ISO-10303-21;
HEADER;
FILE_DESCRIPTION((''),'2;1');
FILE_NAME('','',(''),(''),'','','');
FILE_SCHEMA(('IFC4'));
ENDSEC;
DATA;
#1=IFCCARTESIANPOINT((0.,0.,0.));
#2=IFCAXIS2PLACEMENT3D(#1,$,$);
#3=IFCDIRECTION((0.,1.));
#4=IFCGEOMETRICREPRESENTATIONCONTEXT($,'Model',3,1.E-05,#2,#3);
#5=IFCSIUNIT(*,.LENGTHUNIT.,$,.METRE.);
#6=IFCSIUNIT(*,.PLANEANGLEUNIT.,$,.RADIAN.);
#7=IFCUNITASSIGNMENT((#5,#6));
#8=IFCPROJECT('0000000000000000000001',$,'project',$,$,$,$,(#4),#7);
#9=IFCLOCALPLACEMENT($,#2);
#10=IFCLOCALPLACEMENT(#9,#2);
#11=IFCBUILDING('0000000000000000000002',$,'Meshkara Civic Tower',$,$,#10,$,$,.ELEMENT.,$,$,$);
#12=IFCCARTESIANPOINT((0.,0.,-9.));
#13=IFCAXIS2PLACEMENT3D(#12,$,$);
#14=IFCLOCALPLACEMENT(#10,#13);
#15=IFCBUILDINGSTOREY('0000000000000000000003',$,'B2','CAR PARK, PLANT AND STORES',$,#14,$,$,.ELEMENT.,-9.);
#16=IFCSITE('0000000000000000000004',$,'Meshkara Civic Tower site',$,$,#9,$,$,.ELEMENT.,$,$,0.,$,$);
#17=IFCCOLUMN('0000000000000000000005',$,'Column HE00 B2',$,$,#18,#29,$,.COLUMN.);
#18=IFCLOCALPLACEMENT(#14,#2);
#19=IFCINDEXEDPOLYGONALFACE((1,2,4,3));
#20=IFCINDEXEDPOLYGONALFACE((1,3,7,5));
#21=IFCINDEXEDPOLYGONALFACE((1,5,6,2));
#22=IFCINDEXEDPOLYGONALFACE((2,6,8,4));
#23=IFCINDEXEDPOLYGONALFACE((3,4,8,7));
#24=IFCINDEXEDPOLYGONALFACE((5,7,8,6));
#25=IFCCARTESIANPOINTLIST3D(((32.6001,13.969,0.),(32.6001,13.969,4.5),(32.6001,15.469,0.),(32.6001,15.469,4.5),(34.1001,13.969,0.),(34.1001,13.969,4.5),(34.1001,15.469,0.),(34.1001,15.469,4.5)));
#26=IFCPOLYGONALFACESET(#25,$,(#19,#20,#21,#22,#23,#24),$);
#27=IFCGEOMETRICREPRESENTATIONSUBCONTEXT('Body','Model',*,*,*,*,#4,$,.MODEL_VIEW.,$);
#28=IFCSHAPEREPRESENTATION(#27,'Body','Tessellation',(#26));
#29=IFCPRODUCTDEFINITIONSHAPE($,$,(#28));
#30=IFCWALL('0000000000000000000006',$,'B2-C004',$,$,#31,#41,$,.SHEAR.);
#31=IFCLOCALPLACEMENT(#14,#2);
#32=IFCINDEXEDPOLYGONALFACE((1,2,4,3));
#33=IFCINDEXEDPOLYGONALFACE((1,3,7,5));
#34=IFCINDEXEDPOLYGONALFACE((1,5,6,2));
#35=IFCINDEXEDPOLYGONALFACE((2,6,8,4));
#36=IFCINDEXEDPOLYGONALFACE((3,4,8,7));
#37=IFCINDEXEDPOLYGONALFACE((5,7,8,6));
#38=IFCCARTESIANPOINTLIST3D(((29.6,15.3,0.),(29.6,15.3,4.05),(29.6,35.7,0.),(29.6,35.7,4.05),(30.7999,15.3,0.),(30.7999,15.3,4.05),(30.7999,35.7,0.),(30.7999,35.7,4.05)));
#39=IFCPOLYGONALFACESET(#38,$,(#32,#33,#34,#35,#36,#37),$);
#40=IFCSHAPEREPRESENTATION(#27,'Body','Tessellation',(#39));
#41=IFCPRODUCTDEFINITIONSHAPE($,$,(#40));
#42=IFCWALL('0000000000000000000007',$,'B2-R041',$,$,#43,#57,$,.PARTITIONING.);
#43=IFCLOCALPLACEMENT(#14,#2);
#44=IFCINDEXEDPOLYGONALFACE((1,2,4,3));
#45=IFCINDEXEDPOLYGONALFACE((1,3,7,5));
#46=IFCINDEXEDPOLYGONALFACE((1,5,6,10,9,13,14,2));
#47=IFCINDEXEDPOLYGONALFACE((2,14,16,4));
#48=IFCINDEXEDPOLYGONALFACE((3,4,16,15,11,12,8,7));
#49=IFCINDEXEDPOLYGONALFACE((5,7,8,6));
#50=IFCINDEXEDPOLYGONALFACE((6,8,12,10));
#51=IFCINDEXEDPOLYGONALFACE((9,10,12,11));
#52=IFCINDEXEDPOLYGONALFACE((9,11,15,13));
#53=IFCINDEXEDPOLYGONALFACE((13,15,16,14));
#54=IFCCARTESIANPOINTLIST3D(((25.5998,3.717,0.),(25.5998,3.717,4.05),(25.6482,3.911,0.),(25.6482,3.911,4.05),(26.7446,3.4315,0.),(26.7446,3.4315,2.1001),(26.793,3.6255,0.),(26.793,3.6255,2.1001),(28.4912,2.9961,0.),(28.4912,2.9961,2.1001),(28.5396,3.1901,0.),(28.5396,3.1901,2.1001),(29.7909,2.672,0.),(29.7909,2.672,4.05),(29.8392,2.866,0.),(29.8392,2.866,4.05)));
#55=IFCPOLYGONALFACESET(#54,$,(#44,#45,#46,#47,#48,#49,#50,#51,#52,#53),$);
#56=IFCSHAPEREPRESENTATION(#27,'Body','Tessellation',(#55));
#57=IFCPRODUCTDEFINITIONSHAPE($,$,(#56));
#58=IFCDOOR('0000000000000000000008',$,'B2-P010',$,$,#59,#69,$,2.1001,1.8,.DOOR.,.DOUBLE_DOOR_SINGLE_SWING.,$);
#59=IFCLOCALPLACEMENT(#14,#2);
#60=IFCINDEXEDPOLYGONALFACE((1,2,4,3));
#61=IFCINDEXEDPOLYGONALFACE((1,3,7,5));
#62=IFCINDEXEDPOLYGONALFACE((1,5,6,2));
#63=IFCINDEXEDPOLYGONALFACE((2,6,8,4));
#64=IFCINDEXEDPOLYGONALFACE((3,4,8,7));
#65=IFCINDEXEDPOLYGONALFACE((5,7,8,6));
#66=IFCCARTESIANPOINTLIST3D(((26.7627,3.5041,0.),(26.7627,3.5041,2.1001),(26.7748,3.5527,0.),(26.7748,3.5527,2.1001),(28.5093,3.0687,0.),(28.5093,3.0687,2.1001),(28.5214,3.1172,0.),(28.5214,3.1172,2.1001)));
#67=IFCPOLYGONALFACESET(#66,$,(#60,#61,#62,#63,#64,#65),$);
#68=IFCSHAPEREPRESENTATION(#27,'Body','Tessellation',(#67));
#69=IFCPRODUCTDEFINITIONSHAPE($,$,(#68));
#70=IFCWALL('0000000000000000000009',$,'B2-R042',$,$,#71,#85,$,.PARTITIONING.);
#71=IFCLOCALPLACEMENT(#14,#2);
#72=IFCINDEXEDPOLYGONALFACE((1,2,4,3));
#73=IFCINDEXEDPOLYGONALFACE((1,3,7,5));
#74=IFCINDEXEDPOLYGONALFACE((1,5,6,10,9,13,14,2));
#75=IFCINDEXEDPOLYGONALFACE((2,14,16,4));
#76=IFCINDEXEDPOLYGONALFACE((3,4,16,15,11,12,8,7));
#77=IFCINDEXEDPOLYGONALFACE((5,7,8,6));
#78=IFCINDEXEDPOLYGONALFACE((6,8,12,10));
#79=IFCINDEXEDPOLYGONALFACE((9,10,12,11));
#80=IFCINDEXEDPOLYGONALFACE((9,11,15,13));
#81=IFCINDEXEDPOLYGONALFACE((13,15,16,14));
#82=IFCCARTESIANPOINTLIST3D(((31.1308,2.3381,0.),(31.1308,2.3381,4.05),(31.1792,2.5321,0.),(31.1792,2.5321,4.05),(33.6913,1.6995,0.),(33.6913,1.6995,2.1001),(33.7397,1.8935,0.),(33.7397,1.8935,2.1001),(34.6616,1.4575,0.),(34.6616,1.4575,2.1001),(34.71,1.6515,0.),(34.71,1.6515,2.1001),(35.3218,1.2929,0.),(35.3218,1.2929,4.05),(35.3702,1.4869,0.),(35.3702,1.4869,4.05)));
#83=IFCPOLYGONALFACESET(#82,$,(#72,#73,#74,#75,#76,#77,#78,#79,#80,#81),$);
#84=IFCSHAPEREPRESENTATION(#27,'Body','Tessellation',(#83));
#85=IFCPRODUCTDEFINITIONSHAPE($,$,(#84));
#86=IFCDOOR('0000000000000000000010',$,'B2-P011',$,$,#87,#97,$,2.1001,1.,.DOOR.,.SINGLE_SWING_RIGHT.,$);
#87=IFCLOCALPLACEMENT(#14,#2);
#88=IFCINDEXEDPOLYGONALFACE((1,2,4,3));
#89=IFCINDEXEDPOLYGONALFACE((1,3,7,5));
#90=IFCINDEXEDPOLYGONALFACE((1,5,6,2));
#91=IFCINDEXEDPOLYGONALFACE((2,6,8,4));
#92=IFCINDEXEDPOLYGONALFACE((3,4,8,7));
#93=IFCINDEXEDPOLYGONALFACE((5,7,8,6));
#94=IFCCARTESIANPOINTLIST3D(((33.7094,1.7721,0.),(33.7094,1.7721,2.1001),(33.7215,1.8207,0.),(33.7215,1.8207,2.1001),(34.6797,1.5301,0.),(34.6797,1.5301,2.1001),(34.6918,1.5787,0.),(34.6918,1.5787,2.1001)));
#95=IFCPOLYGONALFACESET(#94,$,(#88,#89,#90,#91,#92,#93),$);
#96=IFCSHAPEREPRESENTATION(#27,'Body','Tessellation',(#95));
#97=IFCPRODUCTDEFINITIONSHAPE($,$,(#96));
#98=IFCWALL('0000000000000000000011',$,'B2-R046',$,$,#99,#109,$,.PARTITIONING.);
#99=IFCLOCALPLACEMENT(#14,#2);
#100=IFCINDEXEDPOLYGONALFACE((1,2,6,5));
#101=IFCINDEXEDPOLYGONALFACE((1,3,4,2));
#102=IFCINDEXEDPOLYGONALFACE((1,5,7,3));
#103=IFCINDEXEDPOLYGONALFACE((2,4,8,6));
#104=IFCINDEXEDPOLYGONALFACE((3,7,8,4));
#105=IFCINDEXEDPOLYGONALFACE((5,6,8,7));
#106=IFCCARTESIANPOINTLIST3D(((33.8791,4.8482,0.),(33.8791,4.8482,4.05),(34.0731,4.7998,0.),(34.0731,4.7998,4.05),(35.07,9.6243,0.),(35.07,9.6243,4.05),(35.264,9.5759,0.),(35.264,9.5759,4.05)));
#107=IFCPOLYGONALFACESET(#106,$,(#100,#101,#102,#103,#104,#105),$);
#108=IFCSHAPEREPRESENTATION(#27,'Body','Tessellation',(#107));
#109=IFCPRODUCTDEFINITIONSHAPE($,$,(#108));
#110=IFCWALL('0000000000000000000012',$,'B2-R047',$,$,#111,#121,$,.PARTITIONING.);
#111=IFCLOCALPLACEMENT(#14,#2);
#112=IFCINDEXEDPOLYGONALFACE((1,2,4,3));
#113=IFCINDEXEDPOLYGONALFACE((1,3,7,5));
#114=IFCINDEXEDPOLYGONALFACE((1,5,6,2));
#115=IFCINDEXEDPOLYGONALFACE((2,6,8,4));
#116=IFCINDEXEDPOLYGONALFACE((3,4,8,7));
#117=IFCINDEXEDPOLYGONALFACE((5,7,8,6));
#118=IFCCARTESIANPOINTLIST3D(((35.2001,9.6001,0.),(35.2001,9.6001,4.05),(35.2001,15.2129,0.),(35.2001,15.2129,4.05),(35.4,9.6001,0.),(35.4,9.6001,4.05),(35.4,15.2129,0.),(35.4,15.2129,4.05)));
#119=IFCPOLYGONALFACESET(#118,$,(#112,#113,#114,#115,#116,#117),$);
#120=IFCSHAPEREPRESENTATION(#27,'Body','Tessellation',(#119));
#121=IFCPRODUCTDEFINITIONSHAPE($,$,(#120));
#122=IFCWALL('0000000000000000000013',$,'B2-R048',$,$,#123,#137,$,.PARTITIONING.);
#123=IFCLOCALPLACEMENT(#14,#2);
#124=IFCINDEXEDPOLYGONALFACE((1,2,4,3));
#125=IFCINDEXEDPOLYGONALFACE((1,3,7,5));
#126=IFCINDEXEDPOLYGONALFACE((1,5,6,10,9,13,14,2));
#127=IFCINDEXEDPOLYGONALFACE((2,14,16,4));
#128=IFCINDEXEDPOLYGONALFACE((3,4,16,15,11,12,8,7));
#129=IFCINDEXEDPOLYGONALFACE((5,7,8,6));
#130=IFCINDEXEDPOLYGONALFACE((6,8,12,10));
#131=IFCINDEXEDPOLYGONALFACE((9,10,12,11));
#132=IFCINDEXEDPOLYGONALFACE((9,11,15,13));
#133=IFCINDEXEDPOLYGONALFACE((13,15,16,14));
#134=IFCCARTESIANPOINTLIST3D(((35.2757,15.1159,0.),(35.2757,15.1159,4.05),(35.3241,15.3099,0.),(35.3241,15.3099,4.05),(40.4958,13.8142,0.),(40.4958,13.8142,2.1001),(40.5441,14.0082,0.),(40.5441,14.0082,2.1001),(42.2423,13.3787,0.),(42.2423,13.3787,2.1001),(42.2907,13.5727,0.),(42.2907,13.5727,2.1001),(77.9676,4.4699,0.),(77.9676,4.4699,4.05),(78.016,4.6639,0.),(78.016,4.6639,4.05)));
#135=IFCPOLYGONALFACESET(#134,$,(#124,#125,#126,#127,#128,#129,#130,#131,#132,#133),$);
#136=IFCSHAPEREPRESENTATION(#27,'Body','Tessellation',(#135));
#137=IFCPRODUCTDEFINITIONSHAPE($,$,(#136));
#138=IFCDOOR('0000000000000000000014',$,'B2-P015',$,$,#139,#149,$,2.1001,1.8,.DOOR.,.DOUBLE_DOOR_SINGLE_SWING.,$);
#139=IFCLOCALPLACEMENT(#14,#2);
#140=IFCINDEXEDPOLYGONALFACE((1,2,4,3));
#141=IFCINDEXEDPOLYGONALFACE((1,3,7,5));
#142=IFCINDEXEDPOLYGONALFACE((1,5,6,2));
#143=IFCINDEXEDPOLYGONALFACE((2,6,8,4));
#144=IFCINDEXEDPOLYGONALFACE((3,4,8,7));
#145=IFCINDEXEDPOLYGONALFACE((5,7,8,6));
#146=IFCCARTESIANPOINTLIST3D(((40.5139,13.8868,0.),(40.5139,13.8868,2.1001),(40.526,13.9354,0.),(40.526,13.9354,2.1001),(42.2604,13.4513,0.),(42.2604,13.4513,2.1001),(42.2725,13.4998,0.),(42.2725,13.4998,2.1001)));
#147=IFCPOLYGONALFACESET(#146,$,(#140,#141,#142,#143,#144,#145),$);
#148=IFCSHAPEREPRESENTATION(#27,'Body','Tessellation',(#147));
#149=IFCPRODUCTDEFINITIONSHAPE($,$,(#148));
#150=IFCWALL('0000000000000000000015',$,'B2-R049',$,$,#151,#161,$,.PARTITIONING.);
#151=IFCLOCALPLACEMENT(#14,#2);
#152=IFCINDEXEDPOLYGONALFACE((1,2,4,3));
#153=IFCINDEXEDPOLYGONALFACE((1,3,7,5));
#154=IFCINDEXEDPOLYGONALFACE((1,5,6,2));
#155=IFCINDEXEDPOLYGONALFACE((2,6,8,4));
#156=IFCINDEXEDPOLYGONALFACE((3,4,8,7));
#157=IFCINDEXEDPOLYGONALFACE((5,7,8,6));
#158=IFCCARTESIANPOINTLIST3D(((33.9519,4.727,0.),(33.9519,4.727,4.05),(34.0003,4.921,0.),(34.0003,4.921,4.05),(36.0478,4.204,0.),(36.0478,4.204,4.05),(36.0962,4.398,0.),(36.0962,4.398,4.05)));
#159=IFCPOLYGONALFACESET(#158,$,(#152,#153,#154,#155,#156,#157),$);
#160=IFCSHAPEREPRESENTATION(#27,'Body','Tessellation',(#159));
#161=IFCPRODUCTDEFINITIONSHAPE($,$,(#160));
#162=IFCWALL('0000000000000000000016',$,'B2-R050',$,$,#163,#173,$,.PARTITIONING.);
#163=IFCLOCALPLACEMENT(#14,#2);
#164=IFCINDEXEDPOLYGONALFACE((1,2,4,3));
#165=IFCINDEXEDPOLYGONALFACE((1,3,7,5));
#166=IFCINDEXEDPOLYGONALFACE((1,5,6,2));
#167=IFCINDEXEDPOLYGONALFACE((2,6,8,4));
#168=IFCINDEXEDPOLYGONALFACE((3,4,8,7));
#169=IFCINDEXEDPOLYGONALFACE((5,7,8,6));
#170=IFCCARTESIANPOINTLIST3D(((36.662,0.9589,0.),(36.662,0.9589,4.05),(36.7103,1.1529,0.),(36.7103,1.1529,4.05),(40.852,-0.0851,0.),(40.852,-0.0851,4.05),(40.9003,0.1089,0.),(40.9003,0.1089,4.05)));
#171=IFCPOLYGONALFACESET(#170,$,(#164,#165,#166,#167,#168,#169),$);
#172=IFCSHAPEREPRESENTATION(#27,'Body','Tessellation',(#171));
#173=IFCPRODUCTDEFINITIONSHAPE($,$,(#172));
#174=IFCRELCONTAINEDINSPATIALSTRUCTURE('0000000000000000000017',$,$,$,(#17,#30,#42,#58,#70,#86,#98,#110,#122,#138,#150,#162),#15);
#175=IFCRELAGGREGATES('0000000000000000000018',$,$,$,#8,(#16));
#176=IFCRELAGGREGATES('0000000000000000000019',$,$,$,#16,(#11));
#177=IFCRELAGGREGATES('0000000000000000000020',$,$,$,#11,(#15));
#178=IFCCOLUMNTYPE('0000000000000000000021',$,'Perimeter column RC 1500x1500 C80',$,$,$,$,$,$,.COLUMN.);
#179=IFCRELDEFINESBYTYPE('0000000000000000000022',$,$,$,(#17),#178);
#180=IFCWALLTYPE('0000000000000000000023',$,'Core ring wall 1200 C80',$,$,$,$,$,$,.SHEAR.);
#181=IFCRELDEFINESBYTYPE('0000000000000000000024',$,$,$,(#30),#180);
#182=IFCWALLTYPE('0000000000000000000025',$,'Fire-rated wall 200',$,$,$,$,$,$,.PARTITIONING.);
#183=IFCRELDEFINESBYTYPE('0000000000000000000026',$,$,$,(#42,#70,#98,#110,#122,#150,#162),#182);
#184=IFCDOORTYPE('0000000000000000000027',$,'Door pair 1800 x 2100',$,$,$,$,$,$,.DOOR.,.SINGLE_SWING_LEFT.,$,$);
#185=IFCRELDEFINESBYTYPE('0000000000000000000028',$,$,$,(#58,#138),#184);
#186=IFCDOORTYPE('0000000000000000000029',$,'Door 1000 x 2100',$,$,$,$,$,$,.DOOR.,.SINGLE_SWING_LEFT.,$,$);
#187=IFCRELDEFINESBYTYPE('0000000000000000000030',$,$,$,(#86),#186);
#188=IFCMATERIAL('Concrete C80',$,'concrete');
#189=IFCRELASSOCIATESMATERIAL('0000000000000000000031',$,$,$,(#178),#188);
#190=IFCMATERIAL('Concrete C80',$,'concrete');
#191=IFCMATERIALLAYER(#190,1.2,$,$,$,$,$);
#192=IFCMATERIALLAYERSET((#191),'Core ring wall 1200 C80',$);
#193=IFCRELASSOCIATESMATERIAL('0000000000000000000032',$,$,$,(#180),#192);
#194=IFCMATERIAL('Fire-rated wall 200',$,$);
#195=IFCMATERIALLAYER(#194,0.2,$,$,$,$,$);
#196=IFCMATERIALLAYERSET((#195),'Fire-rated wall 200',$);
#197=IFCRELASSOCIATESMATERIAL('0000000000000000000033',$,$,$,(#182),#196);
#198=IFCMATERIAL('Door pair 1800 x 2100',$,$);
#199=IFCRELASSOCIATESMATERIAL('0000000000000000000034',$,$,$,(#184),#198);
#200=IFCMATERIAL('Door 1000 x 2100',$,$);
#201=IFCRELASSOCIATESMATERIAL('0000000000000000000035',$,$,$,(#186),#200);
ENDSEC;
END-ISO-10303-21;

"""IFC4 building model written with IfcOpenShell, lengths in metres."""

from ifc_helpers import new_model, si_unit, direction, frame, frame_2d, origin, origin_2d, place, context, subcontext, project, spatial, rectangle, extrude, material, layer, layer_set, material_profile, profile_set, type_object, element, fill, save


model = new_model("IFC4")

# Units and contexts
model_context = context("Model", 3, precision=1e-05, world=origin(), true_north=direction((0.0, 1.0)))
body_context = subcontext(model_context, "Body", "Model", "MODEL_VIEW")
ifc_project = project(units=[si_unit("LENGTHUNIT", "METRE"), si_unit("PLANEANGLEUNIT", "RADIAN")], contexts=[model_context])

# Site, building, storey
site_placement = place(None, origin())
site = spatial("IfcSite", under=ifc_project, at=site_placement, Name="Meshkara Civic Tower site", CompositionType="ELEMENT", RefElevation=0.0)
building_placement = place(site_placement, origin())
building = spatial("IfcBuilding", under=site, at=building_placement, Name="Meshkara Civic Tower", CompositionType="ELEMENT")
storey_placement = place(building_placement, frame((0.0, 0.0, -9.0)))
storey = spatial("IfcBuildingStorey", under=building, at=storey_placement, Name="B2", Description="CAR PARK, PLANT AND STORES", CompositionType="ELEMENT", Elevation=-9.0)

# Column
ifc_material_1 = material(Name="Concrete C80", Category="concrete")
ifc_material_profile_1 = material_profile(ifc_material_1, rectangle(XDim=1.5, YDim=1.5, at=origin_2d()))
ifc_profile_set_1 = profile_set([ifc_material_profile_1], Name="Concrete C80")
column_type_1 = type_object("IfcColumnType", Name="Perimeter column RC 1500x1500 C80", PredefinedType="COLUMN", material=ifc_profile_set_1)
column_placement = place(storey_placement, frame((33.3501, 14.719, 0.0), z_axis=(0.0, 0.0, 1.0), x_axis=(1.0, 0.0, 0.0)))
element("IfcColumn", 1, at=column_placement, inside=storey, type_object=column_type_1, Name="Column HE00 B2", PredefinedType="COLUMN", context=body_context, shape_type="SweptSolid", body=[
    extrude(rectangle(XDim=1.5, YDim=1.5, at=origin_2d()), origin(), (0.0, 0.0, 1.0), 4.5),
])

# Wall
ifc_material_2 = material(Name="Concrete C80", Category="concrete")
ifc_layer_1 = layer(ifc_material_2, 1.2)
ifc_layer_set_1 = layer_set([ifc_layer_1], Name="Core ring wall 1200 C80")
wall_type_1 = type_object("IfcWallType", Name="Core ring wall 1200 C80", PredefinedType="SHEAR", material=ifc_layer_set_1)
wall_1_placement = place(storey_placement, frame((30.2, 15.3, 0.0), z_axis=(0.0, 0.0, 1.0), x_axis=(0.0, 1.0, 0.0)))
element("IfcWall", 2, at=wall_1_placement, inside=storey, type_object=wall_type_1, Name="B2-C004", PredefinedType="SHEAR", context=body_context, shape_type="SweptSolid", body=[
    extrude(rectangle(XDim=20.3999, YDim=1.2, at=frame_2d((10.2, 0.0))), origin(), (0.0, 0.0, 1.0), 4.05),
])

# Walls, openings, doors
ifc_material_3 = material(Name="Fire-rated wall 200")
ifc_layer_2 = layer(ifc_material_3, 0.2)
ifc_layer_set_2 = layer_set([ifc_layer_2], Name="Fire-rated wall 200")
wall_type_2 = type_object("IfcWallType", Name="Fire-rated wall 200", PredefinedType="PARTITIONING", material=ifc_layer_set_2)
wall_2_placement = place(storey_placement, frame((25.624, 3.814, 0.0), z_axis=(0.0, 0.0, 1.0), x_axis=(0.970295, -0.241924, 0.0)))
wall_2 = element("IfcWall", 3, at=wall_2_placement, inside=storey, type_object=wall_type_2, Name="B2-R041", PredefinedType="PARTITIONING", context=body_context, shape_type="SweptSolid", body=[
    extrude(rectangle(XDim=4.3193, YDim=0.2, at=frame_2d((2.1597, 0.0))), origin(), (0.0, 0.0, 1.0), 4.05),
])
opening_1_placement = place(wall_2_placement, frame((1.1799, 0.0, 0.0)))
opening_1 = element("IfcOpeningElement", 4, at=opening_1_placement, cuts=wall_2, PredefinedType="OPENING", context=body_context, shape_type="SweptSolid", body=[
    extrude(rectangle(XDim=1.8, YDim=2.1001, at=frame_2d((0.8999, 1.05))), frame((0.0, 0.1099, 0.0), z_axis=(0.0, -1.0, 0.0), x_axis=(1.0, 0.0, 0.0)), (0.0, 0.0, 1.0), 0.22),
])
ifc_material_4 = material(Name="Door pair 1800 x 2100")
door_type_1 = type_object("IfcDoorType", Name="Door pair 1800 x 2100", OperationType="SINGLE_SWING_LEFT", PredefinedType="DOOR", material=ifc_material_4)
door_1_placement = place(opening_1_placement, origin())
door_1 = element("IfcDoor", 5, at=door_1_placement, inside=storey, type_object=door_type_1, Name="B2-P010", OperationType="DOUBLE_DOOR_SINGLE_SWING", OverallHeight=2.1001, OverallWidth=1.8, PredefinedType="DOOR", context=body_context, shape_type="SweptSolid", body=[
    extrude(rectangle(XDim=1.8, YDim=2.1001, at=frame_2d((0.8999, 1.05))), frame((0.0, 0.0249, 0.0), z_axis=(0.0, -1.0, 0.0), x_axis=(1.0, 0.0, 0.0)), (0.0, 0.0, 1.0), 0.05),
])
fill(opening_1, door_1)
wall_3_placement = place(storey_placement, frame((31.155, 2.4351, 0.0), z_axis=(0.0, 0.0, 1.0), x_axis=(0.970282, -0.241977, 0.0)))
wall_3 = element("IfcWall", 6, at=wall_3_placement, inside=storey, type_object=wall_type_2, Name="B2-R042", PredefinedType="PARTITIONING", context=body_context, shape_type="SweptSolid", body=[
    extrude(rectangle(XDim=4.3193, YDim=0.2, at=frame_2d((2.1597, 0.0))), origin(), (0.0, 0.0, 1.0), 4.05),
])
opening_2_placement = place(wall_3_placement, frame((2.6389, 0.0, 0.0)))
opening_2 = element("IfcOpeningElement", 7, at=opening_2_placement, cuts=wall_3, PredefinedType="OPENING", context=body_context, shape_type="SweptSolid", body=[
    extrude(rectangle(XDim=1.0, YDim=2.1001, at=frame_2d((0.5, 1.05))), frame((0.0, 0.1099, 0.0), z_axis=(0.0, -1.0, 0.0), x_axis=(1.0, 0.0, 0.0)), (0.0, 0.0, 1.0), 0.22),
])
ifc_material_5 = material(Name="Door 1000 x 2100")
door_type_2 = type_object("IfcDoorType", Name="Door 1000 x 2100", OperationType="SINGLE_SWING_LEFT", PredefinedType="DOOR", material=ifc_material_5)
door_2_placement = place(opening_2_placement, origin())
door_2 = element("IfcDoor", 8, at=door_2_placement, inside=storey, type_object=door_type_2, Name="B2-P011", OperationType="SINGLE_SWING_RIGHT", OverallHeight=2.1001, OverallWidth=1.0, PredefinedType="DOOR", context=body_context, shape_type="SweptSolid", body=[
    extrude(rectangle(XDim=1.0, YDim=2.1001, at=frame_2d((0.5, 1.05))), frame((0.0, 0.0249, 0.0), z_axis=(0.0, -1.0, 0.0), x_axis=(1.0, 0.0, 0.0)), (0.0, 0.0, 1.0), 0.05),
])
fill(opening_2, door_2)

# Walls
wall_4_placement = place(storey_placement, frame((33.9761, 4.824, 0.0), z_axis=(0.0, 0.0, 1.0), x_axis=(0.24194, 0.970291, 0.0)))
element("IfcWall", 9, at=wall_4_placement, inside=storey, type_object=wall_type_2, Name="B2-R046", PredefinedType="PARTITIONING", context=body_context, shape_type="SweptSolid", body=[
    extrude(rectangle(XDim=4.9224, YDim=0.2, at=frame_2d((2.4612, 0.0))), origin(), (0.0, 0.0, 1.0), 4.05),
])
wall_5_placement = place(storey_placement, frame((35.3, 9.6001, 0.0), z_axis=(0.0, 0.0, 1.0), x_axis=(0.0, 1.0, 0.0)))
element("IfcWall", 10, at=wall_5_placement, inside=storey, type_object=wall_type_2, Name="B2-R047", PredefinedType="PARTITIONING", context=body_context, shape_type="SweptSolid", body=[
    extrude(rectangle(XDim=5.6128, YDim=0.2, at=frame_2d((2.8064, 0.0))), origin(), (0.0, 0.0, 1.0), 4.05),
])

# Wall, opening, door
wall_6_placement = place(storey_placement, frame((35.3, 15.2129, 0.0), z_axis=(0.0, 0.0, 1.0), x_axis=(0.970287, -0.241959, 0.0)))
wall_6 = element("IfcWall", 11, at=wall_6_placement, inside=storey, type_object=wall_type_2, Name="B2-R048", PredefinedType="PARTITIONING", context=body_context, shape_type="SweptSolid", body=[
    extrude(rectangle(XDim=43.9993, YDim=0.2, at=frame_2d((21.9995, 0.0))), origin(), (0.0, 0.0, 1.0), 4.05),
])
opening_3_placement = place(wall_6_placement, frame((5.3799, 0.0, 0.0)))
opening_3 = element("IfcOpeningElement", 12, at=opening_3_placement, cuts=wall_6, PredefinedType="OPENING", context=body_context, shape_type="SweptSolid", body=[
    extrude(rectangle(XDim=1.8, YDim=2.1001, at=frame_2d((0.8999, 1.05))), frame((0.0, 0.1099, 0.0), z_axis=(0.0, -1.0, 0.0), x_axis=(1.0, 0.0, 0.0)), (0.0, 0.0, 1.0), 0.22),
])
door_3_placement = place(opening_3_placement, origin())
door_3 = element("IfcDoor", 13, at=door_3_placement, inside=storey, type_object=door_type_1, Name="B2-P015", OperationType="DOUBLE_DOOR_SINGLE_SWING", OverallHeight=2.1001, OverallWidth=1.8, PredefinedType="DOOR", context=body_context, shape_type="SweptSolid", body=[
    extrude(rectangle(XDim=1.8, YDim=2.1001, at=frame_2d((0.8999, 1.05))), frame((0.0, 0.0249, 0.0), z_axis=(0.0, -1.0, 0.0), x_axis=(1.0, 0.0, 0.0)), (0.0, 0.0, 1.0), 0.05),
])
fill(opening_3, door_3)

# Walls
wall_7_placement = place(storey_placement, frame((36.072, 4.301, 0.0), z_axis=(0.0, 0.0, 1.0), x_axis=(-0.970255, 0.242084, 0.0)))
element("IfcWall", 14, at=wall_7_placement, inside=storey, type_object=wall_type_2, Name="B2-R049", PredefinedType="PARTITIONING", context=body_context, shape_type="SweptSolid", body=[
    extrude(rectangle(XDim=2.1602, YDim=0.2, at=frame_2d((1.0801, 0.0))), origin(), (0.0, 0.0, 1.0), 4.05),
])
wall_8_placement = place(storey_placement, frame((36.686, 1.0559, 0.0), z_axis=(0.0, 0.0, 1.0), x_axis=(0.970335, -0.241764, 0.0)))
element("IfcWall", 15, at=wall_8_placement, inside=storey, type_object=wall_type_2, Name="B2-R050", PredefinedType="PARTITIONING", context=body_context, shape_type="SweptSolid", body=[
    extrude(rectangle(XDim=4.3181, YDim=0.2, at=frame_2d((2.1592, 0.0))), origin(), (0.0, 0.0, 1.0), 4.05),
])

save(model, "model.ifc")
